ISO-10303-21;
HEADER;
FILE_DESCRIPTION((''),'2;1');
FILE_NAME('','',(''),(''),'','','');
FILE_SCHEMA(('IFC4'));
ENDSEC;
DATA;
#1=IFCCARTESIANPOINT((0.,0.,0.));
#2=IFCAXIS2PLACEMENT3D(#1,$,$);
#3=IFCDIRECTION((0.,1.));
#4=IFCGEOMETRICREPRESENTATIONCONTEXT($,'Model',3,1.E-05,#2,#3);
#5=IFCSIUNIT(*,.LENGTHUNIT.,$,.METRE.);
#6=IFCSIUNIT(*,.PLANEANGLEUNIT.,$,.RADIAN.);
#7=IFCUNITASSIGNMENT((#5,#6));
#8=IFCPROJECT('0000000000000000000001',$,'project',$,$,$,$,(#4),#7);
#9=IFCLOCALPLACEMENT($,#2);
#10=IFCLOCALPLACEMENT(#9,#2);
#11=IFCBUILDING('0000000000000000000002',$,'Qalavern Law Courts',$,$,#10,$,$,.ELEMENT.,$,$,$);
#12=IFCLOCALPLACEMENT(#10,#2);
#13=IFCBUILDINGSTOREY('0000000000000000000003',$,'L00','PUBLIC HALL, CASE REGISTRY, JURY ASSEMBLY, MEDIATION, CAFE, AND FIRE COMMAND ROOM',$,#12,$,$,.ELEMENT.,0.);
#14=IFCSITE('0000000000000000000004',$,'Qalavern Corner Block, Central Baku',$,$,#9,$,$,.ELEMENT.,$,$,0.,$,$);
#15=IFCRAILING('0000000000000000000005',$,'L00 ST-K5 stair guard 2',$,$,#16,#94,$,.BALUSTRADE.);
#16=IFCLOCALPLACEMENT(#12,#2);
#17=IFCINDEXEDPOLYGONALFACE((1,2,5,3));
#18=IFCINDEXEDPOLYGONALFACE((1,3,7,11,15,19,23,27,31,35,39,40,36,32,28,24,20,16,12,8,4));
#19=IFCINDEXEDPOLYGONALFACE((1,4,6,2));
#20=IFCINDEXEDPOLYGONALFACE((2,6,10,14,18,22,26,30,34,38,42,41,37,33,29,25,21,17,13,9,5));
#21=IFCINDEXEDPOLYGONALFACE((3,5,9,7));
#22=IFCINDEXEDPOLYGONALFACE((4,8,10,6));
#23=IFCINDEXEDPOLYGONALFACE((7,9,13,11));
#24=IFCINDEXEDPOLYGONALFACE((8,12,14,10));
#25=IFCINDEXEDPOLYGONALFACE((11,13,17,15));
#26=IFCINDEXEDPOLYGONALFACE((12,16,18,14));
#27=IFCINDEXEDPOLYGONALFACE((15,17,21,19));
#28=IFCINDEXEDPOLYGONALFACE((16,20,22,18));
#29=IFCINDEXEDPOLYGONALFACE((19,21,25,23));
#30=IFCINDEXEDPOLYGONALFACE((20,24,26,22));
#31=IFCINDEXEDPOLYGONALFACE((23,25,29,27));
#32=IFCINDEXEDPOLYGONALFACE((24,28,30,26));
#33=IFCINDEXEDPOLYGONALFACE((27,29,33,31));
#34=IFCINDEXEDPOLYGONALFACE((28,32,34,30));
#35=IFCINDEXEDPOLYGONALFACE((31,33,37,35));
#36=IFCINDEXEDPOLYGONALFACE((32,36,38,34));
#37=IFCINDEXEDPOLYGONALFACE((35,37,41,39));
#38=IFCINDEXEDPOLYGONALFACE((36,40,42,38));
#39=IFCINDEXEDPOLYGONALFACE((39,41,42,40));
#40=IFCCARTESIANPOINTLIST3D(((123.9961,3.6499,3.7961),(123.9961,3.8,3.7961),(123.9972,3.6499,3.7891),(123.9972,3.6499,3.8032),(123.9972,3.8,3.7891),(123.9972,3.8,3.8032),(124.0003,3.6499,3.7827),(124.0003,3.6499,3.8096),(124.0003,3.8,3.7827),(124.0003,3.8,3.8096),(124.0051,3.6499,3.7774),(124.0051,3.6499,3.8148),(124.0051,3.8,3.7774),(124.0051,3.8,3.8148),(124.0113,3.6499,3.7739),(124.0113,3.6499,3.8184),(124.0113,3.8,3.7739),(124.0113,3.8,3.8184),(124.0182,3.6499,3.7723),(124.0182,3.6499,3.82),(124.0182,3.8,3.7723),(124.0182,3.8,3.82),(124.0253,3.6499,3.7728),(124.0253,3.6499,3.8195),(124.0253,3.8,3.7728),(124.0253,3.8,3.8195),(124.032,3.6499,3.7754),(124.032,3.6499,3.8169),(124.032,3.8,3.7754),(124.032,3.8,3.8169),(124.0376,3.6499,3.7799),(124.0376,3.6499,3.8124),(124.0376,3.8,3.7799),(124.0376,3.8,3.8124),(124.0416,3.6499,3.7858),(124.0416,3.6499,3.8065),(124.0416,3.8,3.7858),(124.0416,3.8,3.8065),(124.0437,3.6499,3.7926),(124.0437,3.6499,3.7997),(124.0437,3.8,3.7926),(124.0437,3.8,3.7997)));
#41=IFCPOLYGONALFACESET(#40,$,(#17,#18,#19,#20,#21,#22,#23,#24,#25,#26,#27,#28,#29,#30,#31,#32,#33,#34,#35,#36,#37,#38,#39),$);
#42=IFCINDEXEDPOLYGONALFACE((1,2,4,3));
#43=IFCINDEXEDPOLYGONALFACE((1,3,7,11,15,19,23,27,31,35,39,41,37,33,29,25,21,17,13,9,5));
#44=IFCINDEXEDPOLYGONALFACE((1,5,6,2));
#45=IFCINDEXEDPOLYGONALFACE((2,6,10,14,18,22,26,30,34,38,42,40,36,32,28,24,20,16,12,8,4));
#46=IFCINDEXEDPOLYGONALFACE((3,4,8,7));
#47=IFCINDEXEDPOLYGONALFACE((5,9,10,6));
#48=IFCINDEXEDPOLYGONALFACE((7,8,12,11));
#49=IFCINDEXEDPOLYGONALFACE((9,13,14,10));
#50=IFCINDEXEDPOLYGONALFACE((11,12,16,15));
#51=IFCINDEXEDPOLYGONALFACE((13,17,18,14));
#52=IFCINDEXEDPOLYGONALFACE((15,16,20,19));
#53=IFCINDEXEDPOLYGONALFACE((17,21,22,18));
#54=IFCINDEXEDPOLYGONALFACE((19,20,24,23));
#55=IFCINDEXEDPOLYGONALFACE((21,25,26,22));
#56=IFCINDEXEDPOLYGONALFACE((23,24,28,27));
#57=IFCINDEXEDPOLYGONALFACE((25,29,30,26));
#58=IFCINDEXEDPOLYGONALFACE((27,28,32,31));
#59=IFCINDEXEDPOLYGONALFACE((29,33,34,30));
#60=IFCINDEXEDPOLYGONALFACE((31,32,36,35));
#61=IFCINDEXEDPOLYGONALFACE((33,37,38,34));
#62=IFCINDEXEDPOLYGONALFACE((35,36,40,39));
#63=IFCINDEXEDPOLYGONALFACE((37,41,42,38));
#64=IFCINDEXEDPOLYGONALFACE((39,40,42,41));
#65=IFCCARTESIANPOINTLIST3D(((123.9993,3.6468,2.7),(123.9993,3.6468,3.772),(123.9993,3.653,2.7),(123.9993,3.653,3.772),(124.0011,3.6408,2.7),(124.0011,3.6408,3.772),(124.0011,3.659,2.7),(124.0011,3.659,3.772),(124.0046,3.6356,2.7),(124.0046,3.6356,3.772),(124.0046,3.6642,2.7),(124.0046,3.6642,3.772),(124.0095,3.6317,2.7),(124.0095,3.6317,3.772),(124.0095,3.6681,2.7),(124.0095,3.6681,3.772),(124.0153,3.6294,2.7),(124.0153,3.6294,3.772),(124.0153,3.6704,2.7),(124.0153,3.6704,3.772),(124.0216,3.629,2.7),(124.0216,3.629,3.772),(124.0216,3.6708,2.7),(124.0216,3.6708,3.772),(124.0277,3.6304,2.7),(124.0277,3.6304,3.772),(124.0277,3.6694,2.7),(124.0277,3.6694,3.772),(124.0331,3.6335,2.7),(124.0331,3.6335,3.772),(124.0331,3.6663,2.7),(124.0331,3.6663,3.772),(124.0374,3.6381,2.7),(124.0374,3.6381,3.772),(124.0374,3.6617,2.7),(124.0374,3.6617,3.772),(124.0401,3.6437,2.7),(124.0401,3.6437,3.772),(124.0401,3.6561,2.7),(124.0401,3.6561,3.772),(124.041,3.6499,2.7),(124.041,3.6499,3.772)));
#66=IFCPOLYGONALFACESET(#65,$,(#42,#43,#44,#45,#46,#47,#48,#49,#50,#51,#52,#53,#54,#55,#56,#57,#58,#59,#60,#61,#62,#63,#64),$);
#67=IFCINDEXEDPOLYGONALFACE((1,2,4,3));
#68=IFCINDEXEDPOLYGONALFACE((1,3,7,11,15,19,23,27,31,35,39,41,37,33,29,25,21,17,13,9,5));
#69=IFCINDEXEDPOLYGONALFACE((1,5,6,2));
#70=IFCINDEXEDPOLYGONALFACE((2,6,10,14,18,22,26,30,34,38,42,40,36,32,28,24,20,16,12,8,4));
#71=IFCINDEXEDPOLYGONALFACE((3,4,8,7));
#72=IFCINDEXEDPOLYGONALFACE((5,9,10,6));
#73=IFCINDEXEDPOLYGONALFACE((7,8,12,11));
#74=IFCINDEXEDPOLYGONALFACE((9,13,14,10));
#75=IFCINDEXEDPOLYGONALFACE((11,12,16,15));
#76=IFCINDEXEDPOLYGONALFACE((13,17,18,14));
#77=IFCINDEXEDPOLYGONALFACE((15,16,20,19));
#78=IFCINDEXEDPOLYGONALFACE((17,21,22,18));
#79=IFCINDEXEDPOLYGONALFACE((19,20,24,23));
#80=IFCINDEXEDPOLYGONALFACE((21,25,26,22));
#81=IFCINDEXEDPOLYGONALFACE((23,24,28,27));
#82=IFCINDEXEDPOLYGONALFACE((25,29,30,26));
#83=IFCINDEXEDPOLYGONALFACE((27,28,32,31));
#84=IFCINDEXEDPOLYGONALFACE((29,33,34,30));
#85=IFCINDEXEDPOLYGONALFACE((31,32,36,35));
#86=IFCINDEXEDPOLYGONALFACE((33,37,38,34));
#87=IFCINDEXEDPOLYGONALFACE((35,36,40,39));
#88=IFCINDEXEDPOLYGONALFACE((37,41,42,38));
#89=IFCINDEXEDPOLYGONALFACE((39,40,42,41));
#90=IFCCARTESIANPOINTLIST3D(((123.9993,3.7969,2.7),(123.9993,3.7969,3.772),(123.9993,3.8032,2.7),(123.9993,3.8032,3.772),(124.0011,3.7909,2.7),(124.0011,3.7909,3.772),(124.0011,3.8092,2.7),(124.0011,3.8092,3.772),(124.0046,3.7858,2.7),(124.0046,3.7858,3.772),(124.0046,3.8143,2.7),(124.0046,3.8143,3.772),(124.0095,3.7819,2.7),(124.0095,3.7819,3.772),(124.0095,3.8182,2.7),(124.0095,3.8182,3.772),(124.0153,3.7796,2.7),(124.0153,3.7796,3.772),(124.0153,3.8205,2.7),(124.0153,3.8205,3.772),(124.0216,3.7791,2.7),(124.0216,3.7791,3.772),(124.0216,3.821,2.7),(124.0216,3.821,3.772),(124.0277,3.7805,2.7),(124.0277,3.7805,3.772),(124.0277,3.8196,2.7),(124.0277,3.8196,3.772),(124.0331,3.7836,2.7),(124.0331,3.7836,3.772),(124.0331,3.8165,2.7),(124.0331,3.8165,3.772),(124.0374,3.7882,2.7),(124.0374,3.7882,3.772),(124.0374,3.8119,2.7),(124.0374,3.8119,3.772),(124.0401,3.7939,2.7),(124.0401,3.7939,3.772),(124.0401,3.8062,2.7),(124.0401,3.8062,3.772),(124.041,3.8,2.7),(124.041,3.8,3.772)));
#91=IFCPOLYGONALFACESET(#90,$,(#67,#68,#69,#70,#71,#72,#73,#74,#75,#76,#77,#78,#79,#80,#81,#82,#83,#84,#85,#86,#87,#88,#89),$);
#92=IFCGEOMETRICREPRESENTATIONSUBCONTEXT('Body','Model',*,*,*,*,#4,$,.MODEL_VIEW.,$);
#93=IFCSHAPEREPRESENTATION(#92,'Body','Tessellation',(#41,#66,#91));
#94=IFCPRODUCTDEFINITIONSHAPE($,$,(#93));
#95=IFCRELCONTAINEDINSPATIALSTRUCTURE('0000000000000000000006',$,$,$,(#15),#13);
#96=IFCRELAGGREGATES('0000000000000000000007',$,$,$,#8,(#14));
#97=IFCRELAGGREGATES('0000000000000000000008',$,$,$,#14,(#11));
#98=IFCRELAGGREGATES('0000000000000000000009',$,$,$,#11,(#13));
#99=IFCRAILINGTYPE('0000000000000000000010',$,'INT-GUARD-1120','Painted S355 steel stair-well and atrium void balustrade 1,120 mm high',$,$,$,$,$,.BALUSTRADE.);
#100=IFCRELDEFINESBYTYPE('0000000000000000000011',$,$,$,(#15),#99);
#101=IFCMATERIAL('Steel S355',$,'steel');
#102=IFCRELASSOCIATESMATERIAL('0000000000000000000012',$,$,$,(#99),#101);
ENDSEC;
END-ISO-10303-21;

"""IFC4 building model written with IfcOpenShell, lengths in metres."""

from ifc_helpers import new_model, si_unit, direction, frame, origin, origin_2d, place, context, subcontext, project, spatial, circle, extrude, material, type_object, element, save


model = new_model("IFC4")

# Units and contexts
model_context = context("Model", 3, precision=1e-05, world=origin(), true_north=direction((0.0, 1.0)))
body_context = subcontext(model_context, "Body", "Model", "MODEL_VIEW")
ifc_project = project(units=[si_unit("LENGTHUNIT", "METRE"), si_unit("PLANEANGLEUNIT", "RADIAN")], contexts=[model_context])

# Site, building, storey
site_placement = place(None, origin())
site = spatial("IfcSite", under=ifc_project, at=site_placement, Name="Qalavern Corner Block, Central Baku", CompositionType="ELEMENT", RefElevation=0.0)
building_placement = place(site_placement, origin())
building = spatial("IfcBuilding", under=site, at=building_placement, Name="Qalavern Law Courts", CompositionType="ELEMENT")
storey_placement = place(building_placement, origin())
storey = spatial("IfcBuildingStorey", under=building, at=storey_placement, Name="L00", Description="PUBLIC HALL, CASE REGISTRY, JURY ASSEMBLY, MEDIATION, CAFE, AND FIRE COMMAND ROOM", CompositionType="ELEMENT", Elevation=0.0)

# Shared definitions
ifc_material_1 = material(Name="Steel S355", Category="steel")

# Railing
railing_type_1 = type_object("IfcRailingType", Name="INT-GUARD-1120", Description="Painted S355 steel stair-well and atrium void balustrade 1,120 mm high", PredefinedType="BALUSTRADE", material=ifc_material_1)
railing_1_placement = place(storey_placement, frame((124.02, 3.6499, 2.7)))
element("IfcRailing", 1, at=railing_1_placement, inside=storey, type_object=railing_type_1, Name="L00 ST-K5 stair guard 2", PredefinedType="BALUSTRADE", context=body_context, shape_type="SweptSolid", body=[
    extrude(circle(Radius=0.0239, at=origin_2d()), frame((0.0, 0.0, 1.0962), z_axis=(0.0, 1.0, 0.0), x_axis=(-1.0, 0.0, 0.0)), (0.0, 0.0, 1.0), 0.1501),
    extrude(circle(Radius=0.021, at=origin_2d()), origin(), (0.0, 0.0, 1.0), 1.072),
    extrude(circle(Radius=0.021, at=origin_2d()), frame((0.0, 0.1501, 0.0)), (0.0, 0.0, 1.0), 1.072),
])

save(model, "model.ifc")
